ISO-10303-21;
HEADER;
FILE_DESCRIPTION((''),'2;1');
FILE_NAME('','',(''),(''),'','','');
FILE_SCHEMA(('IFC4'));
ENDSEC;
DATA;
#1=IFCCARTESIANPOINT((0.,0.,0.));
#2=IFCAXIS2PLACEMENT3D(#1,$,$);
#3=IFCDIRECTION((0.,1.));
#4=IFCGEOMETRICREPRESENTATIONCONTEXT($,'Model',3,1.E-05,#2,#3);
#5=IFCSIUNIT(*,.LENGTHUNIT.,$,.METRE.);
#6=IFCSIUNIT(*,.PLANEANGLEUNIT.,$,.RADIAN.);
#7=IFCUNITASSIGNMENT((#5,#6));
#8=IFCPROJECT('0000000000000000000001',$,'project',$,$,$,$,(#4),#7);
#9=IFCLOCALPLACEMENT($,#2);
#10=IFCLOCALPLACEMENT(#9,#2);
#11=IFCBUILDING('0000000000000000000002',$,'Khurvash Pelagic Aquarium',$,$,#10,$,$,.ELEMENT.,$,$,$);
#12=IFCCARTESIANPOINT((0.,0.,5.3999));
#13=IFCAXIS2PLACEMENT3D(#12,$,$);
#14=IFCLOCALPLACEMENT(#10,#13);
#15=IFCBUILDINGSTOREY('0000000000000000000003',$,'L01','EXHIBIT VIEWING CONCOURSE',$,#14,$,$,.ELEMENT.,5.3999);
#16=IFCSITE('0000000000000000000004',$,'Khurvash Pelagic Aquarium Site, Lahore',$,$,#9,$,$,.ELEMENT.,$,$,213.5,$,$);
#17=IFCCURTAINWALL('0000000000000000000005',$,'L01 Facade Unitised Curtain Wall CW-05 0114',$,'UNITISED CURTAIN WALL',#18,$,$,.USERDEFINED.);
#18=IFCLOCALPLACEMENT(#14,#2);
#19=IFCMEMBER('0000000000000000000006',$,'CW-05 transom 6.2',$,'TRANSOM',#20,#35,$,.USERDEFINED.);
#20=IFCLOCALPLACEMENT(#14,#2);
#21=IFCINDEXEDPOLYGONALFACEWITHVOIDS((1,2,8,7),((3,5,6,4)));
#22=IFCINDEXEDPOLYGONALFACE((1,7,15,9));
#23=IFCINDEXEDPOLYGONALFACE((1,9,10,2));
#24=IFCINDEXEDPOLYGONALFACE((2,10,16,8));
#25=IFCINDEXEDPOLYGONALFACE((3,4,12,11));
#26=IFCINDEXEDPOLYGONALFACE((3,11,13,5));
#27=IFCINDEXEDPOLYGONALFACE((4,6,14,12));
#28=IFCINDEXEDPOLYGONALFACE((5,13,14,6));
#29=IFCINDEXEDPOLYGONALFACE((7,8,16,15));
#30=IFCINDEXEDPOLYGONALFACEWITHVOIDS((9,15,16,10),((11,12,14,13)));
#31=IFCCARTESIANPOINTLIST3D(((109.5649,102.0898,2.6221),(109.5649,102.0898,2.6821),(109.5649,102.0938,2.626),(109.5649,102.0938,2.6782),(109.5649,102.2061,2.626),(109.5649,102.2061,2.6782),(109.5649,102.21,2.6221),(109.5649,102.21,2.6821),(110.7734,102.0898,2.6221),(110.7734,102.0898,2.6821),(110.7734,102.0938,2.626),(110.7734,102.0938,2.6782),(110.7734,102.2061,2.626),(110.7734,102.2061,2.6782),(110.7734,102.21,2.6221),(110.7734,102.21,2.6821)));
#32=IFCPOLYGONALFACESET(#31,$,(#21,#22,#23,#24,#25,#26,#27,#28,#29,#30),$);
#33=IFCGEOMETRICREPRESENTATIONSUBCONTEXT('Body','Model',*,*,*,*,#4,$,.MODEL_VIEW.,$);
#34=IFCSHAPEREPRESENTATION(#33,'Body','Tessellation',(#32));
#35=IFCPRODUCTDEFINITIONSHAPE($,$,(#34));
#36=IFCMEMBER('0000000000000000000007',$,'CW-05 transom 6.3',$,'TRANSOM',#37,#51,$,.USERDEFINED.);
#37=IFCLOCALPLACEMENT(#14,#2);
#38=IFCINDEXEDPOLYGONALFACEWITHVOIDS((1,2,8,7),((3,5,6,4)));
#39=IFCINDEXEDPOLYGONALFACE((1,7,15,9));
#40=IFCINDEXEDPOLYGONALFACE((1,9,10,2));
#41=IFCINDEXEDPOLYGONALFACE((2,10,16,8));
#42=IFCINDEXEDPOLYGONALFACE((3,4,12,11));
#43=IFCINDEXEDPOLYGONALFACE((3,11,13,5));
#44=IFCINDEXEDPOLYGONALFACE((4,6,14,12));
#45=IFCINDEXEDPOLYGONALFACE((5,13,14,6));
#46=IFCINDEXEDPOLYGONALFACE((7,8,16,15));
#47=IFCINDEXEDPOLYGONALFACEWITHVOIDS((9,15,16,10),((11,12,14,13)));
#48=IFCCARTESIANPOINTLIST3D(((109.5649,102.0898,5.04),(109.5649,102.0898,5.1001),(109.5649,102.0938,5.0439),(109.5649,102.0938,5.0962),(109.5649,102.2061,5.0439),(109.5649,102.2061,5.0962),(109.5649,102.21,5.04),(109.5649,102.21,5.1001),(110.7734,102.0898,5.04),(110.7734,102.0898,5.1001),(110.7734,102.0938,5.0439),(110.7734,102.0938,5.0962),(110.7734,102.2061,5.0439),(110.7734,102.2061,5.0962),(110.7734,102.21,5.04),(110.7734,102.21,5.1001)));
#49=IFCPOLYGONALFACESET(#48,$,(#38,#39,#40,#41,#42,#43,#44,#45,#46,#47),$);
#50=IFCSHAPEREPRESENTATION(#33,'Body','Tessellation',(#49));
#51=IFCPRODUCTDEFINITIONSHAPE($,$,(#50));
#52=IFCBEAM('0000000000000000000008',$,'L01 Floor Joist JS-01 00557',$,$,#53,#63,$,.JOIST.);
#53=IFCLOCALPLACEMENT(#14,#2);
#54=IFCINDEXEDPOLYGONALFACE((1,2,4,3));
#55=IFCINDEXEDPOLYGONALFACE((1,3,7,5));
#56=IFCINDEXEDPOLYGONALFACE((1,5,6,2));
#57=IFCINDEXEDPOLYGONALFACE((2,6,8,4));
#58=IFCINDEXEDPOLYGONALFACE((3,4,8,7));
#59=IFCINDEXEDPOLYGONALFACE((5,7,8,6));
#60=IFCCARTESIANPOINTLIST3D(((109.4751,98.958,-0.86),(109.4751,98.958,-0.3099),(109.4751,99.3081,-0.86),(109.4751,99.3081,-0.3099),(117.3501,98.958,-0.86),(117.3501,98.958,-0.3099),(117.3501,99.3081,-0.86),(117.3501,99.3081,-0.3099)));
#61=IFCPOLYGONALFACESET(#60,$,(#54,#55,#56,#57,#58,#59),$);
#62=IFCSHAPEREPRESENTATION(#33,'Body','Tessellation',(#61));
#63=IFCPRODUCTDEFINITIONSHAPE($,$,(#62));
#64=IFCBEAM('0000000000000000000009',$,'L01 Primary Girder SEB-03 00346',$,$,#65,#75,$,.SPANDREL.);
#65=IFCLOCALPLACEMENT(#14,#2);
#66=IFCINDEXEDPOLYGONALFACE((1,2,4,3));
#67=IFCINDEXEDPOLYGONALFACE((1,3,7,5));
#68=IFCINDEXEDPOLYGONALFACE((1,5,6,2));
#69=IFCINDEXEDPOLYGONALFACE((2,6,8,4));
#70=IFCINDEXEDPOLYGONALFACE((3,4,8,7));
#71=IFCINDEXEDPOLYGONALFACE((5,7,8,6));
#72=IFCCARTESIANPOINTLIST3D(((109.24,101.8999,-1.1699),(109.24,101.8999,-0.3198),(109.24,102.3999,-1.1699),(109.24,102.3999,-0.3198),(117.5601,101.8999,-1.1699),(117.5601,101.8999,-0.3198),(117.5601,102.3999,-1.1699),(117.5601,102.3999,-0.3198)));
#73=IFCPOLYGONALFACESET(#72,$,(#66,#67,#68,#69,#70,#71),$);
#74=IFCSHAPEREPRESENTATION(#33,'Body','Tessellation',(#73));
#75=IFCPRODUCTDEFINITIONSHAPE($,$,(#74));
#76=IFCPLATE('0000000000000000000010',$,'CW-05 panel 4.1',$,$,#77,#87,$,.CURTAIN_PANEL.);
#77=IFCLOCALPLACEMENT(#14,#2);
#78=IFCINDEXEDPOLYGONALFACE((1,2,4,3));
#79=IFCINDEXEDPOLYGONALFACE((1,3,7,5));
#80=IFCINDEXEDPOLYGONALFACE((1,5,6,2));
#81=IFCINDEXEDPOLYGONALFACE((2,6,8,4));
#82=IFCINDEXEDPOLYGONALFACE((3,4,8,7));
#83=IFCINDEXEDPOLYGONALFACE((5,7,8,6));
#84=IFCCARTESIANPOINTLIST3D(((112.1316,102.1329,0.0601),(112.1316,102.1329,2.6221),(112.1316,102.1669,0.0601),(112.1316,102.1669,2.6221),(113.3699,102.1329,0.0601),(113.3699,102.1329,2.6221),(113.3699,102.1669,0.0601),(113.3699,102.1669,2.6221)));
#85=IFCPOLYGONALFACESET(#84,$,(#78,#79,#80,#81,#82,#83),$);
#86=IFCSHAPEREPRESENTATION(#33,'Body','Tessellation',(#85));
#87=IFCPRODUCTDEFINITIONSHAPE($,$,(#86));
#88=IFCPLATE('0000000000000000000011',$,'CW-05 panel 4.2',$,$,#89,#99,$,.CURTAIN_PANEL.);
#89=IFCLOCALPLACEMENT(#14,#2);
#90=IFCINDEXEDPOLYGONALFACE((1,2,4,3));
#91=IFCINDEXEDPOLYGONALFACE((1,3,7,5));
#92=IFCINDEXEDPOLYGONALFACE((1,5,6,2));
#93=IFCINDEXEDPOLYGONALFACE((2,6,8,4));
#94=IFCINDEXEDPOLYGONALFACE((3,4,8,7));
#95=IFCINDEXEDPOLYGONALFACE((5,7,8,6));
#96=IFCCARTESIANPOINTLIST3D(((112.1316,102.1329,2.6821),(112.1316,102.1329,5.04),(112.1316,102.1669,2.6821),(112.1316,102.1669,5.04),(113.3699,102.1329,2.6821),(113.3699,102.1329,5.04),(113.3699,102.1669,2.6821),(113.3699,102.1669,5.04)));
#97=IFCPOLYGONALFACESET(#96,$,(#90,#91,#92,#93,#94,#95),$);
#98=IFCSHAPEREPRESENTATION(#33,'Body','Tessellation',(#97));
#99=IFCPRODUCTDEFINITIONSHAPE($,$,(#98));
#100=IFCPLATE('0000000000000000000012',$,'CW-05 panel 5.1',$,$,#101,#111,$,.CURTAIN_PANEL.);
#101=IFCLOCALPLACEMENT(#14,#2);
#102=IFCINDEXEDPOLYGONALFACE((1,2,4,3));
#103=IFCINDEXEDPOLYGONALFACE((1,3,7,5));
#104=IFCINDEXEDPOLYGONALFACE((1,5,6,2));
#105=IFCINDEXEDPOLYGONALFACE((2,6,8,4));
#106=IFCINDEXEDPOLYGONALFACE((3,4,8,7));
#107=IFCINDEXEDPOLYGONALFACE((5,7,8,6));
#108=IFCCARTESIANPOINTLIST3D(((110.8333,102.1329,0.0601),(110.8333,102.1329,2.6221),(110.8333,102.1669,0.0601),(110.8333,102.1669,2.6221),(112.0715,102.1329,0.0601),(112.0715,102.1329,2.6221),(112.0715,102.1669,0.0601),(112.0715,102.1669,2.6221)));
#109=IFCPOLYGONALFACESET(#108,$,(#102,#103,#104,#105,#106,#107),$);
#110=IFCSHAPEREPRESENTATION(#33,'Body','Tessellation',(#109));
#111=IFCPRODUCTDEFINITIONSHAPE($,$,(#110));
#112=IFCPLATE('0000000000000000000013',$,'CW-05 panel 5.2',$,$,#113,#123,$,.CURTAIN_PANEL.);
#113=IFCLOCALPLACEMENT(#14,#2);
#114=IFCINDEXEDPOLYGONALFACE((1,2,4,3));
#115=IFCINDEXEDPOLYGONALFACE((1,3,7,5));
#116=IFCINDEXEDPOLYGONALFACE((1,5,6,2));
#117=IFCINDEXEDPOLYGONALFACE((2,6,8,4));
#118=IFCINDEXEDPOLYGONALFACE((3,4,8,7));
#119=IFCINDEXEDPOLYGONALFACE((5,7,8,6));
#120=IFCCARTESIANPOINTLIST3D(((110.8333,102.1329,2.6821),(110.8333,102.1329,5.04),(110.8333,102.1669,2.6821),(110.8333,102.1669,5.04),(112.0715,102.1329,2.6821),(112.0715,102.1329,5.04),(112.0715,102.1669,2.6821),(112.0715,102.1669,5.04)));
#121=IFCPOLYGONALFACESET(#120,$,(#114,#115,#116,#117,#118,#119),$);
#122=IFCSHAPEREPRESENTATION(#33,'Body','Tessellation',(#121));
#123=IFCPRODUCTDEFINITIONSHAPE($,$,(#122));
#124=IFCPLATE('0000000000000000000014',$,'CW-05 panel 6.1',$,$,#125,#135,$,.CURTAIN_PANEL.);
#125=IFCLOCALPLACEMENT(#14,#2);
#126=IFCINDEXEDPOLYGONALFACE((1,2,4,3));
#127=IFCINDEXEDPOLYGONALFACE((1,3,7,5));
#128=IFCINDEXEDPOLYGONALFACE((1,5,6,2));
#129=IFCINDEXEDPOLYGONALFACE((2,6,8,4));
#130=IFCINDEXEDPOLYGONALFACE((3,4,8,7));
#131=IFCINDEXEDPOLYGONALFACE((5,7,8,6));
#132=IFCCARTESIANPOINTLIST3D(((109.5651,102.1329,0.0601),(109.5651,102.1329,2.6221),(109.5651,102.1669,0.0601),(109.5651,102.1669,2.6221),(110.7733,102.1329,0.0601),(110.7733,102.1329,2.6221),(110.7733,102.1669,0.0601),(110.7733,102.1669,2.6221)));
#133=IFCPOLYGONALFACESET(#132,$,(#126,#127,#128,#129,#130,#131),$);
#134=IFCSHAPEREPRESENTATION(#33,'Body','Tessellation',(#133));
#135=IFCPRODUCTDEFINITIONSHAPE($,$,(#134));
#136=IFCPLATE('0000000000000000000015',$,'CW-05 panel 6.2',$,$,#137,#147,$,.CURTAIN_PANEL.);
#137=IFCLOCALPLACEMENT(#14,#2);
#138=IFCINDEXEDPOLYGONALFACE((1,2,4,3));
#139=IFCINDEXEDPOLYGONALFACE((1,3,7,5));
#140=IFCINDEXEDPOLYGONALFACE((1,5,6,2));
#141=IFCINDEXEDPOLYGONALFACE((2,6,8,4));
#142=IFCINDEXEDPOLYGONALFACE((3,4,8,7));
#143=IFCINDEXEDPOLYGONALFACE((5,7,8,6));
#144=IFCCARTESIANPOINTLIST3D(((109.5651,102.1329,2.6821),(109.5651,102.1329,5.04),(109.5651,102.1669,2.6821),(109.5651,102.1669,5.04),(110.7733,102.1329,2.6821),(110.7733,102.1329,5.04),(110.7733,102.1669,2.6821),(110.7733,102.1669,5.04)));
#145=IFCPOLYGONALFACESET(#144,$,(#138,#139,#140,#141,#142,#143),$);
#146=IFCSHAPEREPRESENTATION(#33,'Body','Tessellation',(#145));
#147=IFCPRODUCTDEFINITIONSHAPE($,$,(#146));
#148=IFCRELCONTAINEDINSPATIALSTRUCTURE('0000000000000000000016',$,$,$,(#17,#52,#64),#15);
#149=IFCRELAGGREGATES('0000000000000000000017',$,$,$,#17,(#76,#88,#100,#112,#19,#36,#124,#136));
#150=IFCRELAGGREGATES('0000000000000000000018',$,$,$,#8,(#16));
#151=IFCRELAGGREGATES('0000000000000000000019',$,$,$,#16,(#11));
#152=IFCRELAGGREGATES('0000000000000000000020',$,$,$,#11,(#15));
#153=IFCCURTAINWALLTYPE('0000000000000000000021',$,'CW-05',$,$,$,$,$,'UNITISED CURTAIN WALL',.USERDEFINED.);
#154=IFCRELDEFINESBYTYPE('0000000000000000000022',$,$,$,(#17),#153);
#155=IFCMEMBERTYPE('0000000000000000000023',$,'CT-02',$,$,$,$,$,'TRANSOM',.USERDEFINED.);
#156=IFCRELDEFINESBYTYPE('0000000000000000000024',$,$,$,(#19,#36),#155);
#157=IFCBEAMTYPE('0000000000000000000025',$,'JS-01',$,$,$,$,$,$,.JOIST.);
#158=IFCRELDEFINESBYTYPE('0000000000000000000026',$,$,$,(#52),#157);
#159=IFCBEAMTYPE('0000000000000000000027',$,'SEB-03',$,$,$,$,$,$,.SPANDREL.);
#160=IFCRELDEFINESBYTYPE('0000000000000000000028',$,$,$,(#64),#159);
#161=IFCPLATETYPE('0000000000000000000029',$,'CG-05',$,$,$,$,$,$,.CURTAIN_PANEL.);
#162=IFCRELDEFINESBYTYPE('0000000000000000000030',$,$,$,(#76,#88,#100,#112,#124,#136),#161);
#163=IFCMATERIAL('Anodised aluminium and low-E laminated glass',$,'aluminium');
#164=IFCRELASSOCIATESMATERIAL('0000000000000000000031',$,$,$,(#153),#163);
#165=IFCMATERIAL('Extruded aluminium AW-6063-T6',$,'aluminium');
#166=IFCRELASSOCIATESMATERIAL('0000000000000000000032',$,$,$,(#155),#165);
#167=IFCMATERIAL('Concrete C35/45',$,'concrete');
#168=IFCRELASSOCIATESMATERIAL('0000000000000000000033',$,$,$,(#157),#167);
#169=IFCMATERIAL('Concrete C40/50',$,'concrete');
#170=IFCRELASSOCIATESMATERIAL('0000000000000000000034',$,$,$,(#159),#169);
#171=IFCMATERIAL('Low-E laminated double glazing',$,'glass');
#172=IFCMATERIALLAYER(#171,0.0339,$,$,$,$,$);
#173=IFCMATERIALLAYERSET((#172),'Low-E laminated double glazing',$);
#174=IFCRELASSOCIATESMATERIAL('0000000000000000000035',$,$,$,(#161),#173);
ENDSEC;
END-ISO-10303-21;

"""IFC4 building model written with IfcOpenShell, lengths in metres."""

from ifc_helpers import new_model, si_unit, direction, frame, origin, origin_2d, place, context, subcontext, project, spatial, rectangle, hollow_rectangle, extrude, material, layer, layer_set, material_profile, profile_set, type_object, element, aggregate, save


model = new_model("IFC4")

# Units and contexts
model_context = context("Model", 3, precision=1e-05, world=origin(), true_north=direction((0.0, 1.0)))
body_context = subcontext(model_context, "Body", "Model", "MODEL_VIEW")
ifc_project = project(units=[si_unit("LENGTHUNIT", "METRE"), si_unit("PLANEANGLEUNIT", "RADIAN")], contexts=[model_context])

# Site, building, storey
site_placement = place(None, origin())
site = spatial("IfcSite", under=ifc_project, at=site_placement, Name="Khurvash Pelagic Aquarium Site, Lahore", CompositionType="ELEMENT", RefElevation=213.5)
building_placement = place(site_placement, origin())
building = spatial("IfcBuilding", under=site, at=building_placement, Name="Khurvash Pelagic Aquarium", CompositionType="ELEMENT")
storey_placement = place(building_placement, frame((0.0, 0.0, 5.3999)))
storey = spatial("IfcBuildingStorey", under=building, at=storey_placement, Name="L01", Description="EXHIBIT VIEWING CONCOURSE", CompositionType="ELEMENT", Elevation=5.3999)

# Shared definitions
ifc_material_1 = material(Name="Concrete C40/50", Category="concrete")

# Curtain wall, members
ifc_material_2 = material(Name="Anodised aluminium and low-E laminated glass", Category="aluminium")
curtain_wall_type = type_object("IfcCurtainWallType", Name="CW-05", ElementType="UNITISED CURTAIN WALL", PredefinedType="USERDEFINED", material=ifc_material_2)
curtain_wall_placement = place(storey_placement, origin())
curtain_wall = element("IfcCurtainWall", 1, at=curtain_wall_placement, inside=storey, type_object=curtain_wall_type, Name="L01 Facade Unitised Curtain Wall CW-05 0114", ObjectType="UNITISED CURTAIN WALL", PredefinedType="USERDEFINED")
ifc_material_3 = material(Name="Extruded aluminium AW-6063-T6", Category="aluminium")
ifc_material_profile_1 = material_profile(ifc_material_3, hollow_rectangle(XDim=0.1201, YDim=0.0601, WallThickness=0.0039, at=origin_2d()), Name="CWT120X60X4")
ifc_profile_set_1 = profile_set([ifc_material_profile_1], Name="Extruded aluminium AW-6063-T6")
member_type_1 = type_object("IfcMemberType", Name="CT-02", ElementType="TRANSOM", PredefinedType="USERDEFINED", material=ifc_profile_set_1)
member_1_placement = place(storey_placement, frame((110.7734, 102.1499, 2.6521), z_axis=(-1.0, 0.0, 0.0), x_axis=(0.0, -1.0, 0.0)))
member_1 = element("IfcMember", 2, at=member_1_placement, type_object=member_type_1, Name="CW-05 transom 6.2", ObjectType="TRANSOM", PredefinedType="USERDEFINED", context=body_context, shape_type="SweptSolid", body=[
    extrude(hollow_rectangle(XDim=0.1201, YDim=0.0601, WallThickness=0.0039, at=origin_2d()), origin(), (0.0, 0.0, 1.0), 1.2085),
])
member_2_placement = place(storey_placement, frame((110.7734, 102.1499, 5.0701), z_axis=(-1.0, 0.0, 0.0), x_axis=(0.0, -1.0, 0.0)))
member_2 = element("IfcMember", 3, at=member_2_placement, type_object=member_type_1, Name="CW-05 transom 6.3", ObjectType="TRANSOM", PredefinedType="USERDEFINED", context=body_context, shape_type="SweptSolid", body=[
    extrude(hollow_rectangle(XDim=0.1201, YDim=0.0601, WallThickness=0.0039, at=origin_2d()), origin(), (0.0, 0.0, 1.0), 1.2085),
])

# Beams
ifc_material_4 = material(Name="Concrete C35/45", Category="concrete")
ifc_material_profile_2 = material_profile(ifc_material_4, rectangle(XDim=0.3501, YDim=0.55, at=origin_2d()), Name="RC350X550")
ifc_profile_set_2 = profile_set([ifc_material_profile_2], Name="Concrete C35/45")
beam_type_1 = type_object("IfcBeamType", Name="JS-01", PredefinedType="JOIST", material=ifc_profile_set_2)
beam_1_placement = place(storey_placement, frame((109.4751, 99.1331, -0.585), z_axis=(1.0, 0.0, 0.0), x_axis=(0.0, 1.0, 0.0)))
element("IfcBeam", 4, at=beam_1_placement, inside=storey, type_object=beam_type_1, Name="L01 Floor Joist JS-01 00557", PredefinedType="JOIST", context=body_context, shape_type="SweptSolid", body=[
    extrude(rectangle(XDim=0.3501, YDim=0.55, at=origin_2d()), origin(), (0.0, 0.0, 1.0), 7.875),
])
ifc_material_profile_3 = material_profile(ifc_material_1, rectangle(XDim=0.5, YDim=0.8501, at=origin_2d()), Name="RC500X850")
ifc_profile_set_3 = profile_set([ifc_material_profile_3], Name="Concrete C40/50")
beam_type_2 = type_object("IfcBeamType", Name="SEB-03", PredefinedType="SPANDREL", material=ifc_profile_set_3)
beam_2_placement = place(storey_placement, frame((109.24, 102.1499, -0.7449), z_axis=(1.0, 0.0, 0.0), x_axis=(0.0, 1.0, 0.0)))
element("IfcBeam", 5, at=beam_2_placement, inside=storey, type_object=beam_type_2, Name="L01 Primary Girder SEB-03 00346", PredefinedType="SPANDREL", context=body_context, shape_type="SweptSolid", body=[
    extrude(rectangle(XDim=0.5, YDim=0.8501, at=origin_2d()), origin(), (0.0, 0.0, 1.0), 8.3201),
])

# Plates
ifc_material_5 = material(Name="Low-E laminated double glazing", Category="glass")
ifc_layer = layer(ifc_material_5, 0.0339)
ifc_layer_set = layer_set([ifc_layer], Name="Low-E laminated double glazing")
plate_type = type_object("IfcPlateType", Name="CG-05", PredefinedType="CURTAIN_PANEL", material=ifc_layer_set)
plate_1_placement = place(storey_placement, frame((112.7507, 102.1499, 0.0601), z_axis=(0.0, 0.0, 1.0), x_axis=(-1.0, 0.0, 0.0)))
plate_1 = element("IfcPlate", 6, at=plate_1_placement, type_object=plate_type, Name="CW-05 panel 4.1", PredefinedType="CURTAIN_PANEL", context=body_context, shape_type="SweptSolid", body=[
    extrude(rectangle(XDim=1.2383, YDim=0.0339, at=origin_2d()), origin(), (0.0, 0.0, 1.0), 2.562),
])
plate_2_placement = place(storey_placement, frame((112.7507, 102.1499, 2.6821), z_axis=(0.0, 0.0, 1.0), x_axis=(-1.0, 0.0, 0.0)))
plate_2 = element("IfcPlate", 7, at=plate_2_placement, type_object=plate_type, Name="CW-05 panel 4.2", PredefinedType="CURTAIN_PANEL", context=body_context, shape_type="SweptSolid", body=[
    extrude(rectangle(XDim=1.2383, YDim=0.0339, at=origin_2d()), origin(), (0.0, 0.0, 1.0), 2.3579),
])
plate_3_placement = place(storey_placement, frame((111.4524, 102.1499, 0.0601), z_axis=(0.0, 0.0, 1.0), x_axis=(-1.0, 0.0, 0.0)))
plate_3 = element("IfcPlate", 8, at=plate_3_placement, type_object=plate_type, Name="CW-05 panel 5.1", PredefinedType="CURTAIN_PANEL", context=body_context, shape_type="SweptSolid", body=[
    extrude(rectangle(XDim=1.2383, YDim=0.0339, at=origin_2d()), origin(), (0.0, 0.0, 1.0), 2.562),
])
plate_4_placement = place(storey_placement, frame((111.4524, 102.1499, 2.6821), z_axis=(0.0, 0.0, 1.0), x_axis=(-1.0, 0.0, 0.0)))
plate_4 = element("IfcPlate", 9, at=plate_4_placement, type_object=plate_type, Name="CW-05 panel 5.2", PredefinedType="CURTAIN_PANEL", context=body_context, shape_type="SweptSolid", body=[
    extrude(rectangle(XDim=1.2383, YDim=0.0339, at=origin_2d()), origin(), (0.0, 0.0, 1.0), 2.3579),
])
plate_5_placement = place(storey_placement, frame((110.1692, 102.1499, 0.0601), z_axis=(0.0, 0.0, 1.0), x_axis=(-1.0, 0.0, 0.0)))
plate_5 = element("IfcPlate", 10, at=plate_5_placement, type_object=plate_type, Name="CW-05 panel 6.1", PredefinedType="CURTAIN_PANEL", context=body_context, shape_type="SweptSolid", body=[
    extrude(rectangle(XDim=1.2083, YDim=0.0339, at=origin_2d()), origin(), (0.0, 0.0, 1.0), 2.562),
])
plate_6_placement = place(storey_placement, frame((110.1692, 102.1499, 2.6821), z_axis=(0.0, 0.0, 1.0), x_axis=(-1.0, 0.0, 0.0)))
plate_6 = element("IfcPlate", 11, at=plate_6_placement, type_object=plate_type, Name="CW-05 panel 6.2", PredefinedType="CURTAIN_PANEL", context=body_context, shape_type="SweptSolid", body=[
    extrude(rectangle(XDim=1.2083, YDim=0.0339, at=origin_2d()), origin(), (0.0, 0.0, 1.0), 2.3579),
])
aggregate(curtain_wall, [plate_1, plate_2, plate_3, plate_4, member_1, member_2, plate_5, plate_6])

save(model, "model.ifc")
